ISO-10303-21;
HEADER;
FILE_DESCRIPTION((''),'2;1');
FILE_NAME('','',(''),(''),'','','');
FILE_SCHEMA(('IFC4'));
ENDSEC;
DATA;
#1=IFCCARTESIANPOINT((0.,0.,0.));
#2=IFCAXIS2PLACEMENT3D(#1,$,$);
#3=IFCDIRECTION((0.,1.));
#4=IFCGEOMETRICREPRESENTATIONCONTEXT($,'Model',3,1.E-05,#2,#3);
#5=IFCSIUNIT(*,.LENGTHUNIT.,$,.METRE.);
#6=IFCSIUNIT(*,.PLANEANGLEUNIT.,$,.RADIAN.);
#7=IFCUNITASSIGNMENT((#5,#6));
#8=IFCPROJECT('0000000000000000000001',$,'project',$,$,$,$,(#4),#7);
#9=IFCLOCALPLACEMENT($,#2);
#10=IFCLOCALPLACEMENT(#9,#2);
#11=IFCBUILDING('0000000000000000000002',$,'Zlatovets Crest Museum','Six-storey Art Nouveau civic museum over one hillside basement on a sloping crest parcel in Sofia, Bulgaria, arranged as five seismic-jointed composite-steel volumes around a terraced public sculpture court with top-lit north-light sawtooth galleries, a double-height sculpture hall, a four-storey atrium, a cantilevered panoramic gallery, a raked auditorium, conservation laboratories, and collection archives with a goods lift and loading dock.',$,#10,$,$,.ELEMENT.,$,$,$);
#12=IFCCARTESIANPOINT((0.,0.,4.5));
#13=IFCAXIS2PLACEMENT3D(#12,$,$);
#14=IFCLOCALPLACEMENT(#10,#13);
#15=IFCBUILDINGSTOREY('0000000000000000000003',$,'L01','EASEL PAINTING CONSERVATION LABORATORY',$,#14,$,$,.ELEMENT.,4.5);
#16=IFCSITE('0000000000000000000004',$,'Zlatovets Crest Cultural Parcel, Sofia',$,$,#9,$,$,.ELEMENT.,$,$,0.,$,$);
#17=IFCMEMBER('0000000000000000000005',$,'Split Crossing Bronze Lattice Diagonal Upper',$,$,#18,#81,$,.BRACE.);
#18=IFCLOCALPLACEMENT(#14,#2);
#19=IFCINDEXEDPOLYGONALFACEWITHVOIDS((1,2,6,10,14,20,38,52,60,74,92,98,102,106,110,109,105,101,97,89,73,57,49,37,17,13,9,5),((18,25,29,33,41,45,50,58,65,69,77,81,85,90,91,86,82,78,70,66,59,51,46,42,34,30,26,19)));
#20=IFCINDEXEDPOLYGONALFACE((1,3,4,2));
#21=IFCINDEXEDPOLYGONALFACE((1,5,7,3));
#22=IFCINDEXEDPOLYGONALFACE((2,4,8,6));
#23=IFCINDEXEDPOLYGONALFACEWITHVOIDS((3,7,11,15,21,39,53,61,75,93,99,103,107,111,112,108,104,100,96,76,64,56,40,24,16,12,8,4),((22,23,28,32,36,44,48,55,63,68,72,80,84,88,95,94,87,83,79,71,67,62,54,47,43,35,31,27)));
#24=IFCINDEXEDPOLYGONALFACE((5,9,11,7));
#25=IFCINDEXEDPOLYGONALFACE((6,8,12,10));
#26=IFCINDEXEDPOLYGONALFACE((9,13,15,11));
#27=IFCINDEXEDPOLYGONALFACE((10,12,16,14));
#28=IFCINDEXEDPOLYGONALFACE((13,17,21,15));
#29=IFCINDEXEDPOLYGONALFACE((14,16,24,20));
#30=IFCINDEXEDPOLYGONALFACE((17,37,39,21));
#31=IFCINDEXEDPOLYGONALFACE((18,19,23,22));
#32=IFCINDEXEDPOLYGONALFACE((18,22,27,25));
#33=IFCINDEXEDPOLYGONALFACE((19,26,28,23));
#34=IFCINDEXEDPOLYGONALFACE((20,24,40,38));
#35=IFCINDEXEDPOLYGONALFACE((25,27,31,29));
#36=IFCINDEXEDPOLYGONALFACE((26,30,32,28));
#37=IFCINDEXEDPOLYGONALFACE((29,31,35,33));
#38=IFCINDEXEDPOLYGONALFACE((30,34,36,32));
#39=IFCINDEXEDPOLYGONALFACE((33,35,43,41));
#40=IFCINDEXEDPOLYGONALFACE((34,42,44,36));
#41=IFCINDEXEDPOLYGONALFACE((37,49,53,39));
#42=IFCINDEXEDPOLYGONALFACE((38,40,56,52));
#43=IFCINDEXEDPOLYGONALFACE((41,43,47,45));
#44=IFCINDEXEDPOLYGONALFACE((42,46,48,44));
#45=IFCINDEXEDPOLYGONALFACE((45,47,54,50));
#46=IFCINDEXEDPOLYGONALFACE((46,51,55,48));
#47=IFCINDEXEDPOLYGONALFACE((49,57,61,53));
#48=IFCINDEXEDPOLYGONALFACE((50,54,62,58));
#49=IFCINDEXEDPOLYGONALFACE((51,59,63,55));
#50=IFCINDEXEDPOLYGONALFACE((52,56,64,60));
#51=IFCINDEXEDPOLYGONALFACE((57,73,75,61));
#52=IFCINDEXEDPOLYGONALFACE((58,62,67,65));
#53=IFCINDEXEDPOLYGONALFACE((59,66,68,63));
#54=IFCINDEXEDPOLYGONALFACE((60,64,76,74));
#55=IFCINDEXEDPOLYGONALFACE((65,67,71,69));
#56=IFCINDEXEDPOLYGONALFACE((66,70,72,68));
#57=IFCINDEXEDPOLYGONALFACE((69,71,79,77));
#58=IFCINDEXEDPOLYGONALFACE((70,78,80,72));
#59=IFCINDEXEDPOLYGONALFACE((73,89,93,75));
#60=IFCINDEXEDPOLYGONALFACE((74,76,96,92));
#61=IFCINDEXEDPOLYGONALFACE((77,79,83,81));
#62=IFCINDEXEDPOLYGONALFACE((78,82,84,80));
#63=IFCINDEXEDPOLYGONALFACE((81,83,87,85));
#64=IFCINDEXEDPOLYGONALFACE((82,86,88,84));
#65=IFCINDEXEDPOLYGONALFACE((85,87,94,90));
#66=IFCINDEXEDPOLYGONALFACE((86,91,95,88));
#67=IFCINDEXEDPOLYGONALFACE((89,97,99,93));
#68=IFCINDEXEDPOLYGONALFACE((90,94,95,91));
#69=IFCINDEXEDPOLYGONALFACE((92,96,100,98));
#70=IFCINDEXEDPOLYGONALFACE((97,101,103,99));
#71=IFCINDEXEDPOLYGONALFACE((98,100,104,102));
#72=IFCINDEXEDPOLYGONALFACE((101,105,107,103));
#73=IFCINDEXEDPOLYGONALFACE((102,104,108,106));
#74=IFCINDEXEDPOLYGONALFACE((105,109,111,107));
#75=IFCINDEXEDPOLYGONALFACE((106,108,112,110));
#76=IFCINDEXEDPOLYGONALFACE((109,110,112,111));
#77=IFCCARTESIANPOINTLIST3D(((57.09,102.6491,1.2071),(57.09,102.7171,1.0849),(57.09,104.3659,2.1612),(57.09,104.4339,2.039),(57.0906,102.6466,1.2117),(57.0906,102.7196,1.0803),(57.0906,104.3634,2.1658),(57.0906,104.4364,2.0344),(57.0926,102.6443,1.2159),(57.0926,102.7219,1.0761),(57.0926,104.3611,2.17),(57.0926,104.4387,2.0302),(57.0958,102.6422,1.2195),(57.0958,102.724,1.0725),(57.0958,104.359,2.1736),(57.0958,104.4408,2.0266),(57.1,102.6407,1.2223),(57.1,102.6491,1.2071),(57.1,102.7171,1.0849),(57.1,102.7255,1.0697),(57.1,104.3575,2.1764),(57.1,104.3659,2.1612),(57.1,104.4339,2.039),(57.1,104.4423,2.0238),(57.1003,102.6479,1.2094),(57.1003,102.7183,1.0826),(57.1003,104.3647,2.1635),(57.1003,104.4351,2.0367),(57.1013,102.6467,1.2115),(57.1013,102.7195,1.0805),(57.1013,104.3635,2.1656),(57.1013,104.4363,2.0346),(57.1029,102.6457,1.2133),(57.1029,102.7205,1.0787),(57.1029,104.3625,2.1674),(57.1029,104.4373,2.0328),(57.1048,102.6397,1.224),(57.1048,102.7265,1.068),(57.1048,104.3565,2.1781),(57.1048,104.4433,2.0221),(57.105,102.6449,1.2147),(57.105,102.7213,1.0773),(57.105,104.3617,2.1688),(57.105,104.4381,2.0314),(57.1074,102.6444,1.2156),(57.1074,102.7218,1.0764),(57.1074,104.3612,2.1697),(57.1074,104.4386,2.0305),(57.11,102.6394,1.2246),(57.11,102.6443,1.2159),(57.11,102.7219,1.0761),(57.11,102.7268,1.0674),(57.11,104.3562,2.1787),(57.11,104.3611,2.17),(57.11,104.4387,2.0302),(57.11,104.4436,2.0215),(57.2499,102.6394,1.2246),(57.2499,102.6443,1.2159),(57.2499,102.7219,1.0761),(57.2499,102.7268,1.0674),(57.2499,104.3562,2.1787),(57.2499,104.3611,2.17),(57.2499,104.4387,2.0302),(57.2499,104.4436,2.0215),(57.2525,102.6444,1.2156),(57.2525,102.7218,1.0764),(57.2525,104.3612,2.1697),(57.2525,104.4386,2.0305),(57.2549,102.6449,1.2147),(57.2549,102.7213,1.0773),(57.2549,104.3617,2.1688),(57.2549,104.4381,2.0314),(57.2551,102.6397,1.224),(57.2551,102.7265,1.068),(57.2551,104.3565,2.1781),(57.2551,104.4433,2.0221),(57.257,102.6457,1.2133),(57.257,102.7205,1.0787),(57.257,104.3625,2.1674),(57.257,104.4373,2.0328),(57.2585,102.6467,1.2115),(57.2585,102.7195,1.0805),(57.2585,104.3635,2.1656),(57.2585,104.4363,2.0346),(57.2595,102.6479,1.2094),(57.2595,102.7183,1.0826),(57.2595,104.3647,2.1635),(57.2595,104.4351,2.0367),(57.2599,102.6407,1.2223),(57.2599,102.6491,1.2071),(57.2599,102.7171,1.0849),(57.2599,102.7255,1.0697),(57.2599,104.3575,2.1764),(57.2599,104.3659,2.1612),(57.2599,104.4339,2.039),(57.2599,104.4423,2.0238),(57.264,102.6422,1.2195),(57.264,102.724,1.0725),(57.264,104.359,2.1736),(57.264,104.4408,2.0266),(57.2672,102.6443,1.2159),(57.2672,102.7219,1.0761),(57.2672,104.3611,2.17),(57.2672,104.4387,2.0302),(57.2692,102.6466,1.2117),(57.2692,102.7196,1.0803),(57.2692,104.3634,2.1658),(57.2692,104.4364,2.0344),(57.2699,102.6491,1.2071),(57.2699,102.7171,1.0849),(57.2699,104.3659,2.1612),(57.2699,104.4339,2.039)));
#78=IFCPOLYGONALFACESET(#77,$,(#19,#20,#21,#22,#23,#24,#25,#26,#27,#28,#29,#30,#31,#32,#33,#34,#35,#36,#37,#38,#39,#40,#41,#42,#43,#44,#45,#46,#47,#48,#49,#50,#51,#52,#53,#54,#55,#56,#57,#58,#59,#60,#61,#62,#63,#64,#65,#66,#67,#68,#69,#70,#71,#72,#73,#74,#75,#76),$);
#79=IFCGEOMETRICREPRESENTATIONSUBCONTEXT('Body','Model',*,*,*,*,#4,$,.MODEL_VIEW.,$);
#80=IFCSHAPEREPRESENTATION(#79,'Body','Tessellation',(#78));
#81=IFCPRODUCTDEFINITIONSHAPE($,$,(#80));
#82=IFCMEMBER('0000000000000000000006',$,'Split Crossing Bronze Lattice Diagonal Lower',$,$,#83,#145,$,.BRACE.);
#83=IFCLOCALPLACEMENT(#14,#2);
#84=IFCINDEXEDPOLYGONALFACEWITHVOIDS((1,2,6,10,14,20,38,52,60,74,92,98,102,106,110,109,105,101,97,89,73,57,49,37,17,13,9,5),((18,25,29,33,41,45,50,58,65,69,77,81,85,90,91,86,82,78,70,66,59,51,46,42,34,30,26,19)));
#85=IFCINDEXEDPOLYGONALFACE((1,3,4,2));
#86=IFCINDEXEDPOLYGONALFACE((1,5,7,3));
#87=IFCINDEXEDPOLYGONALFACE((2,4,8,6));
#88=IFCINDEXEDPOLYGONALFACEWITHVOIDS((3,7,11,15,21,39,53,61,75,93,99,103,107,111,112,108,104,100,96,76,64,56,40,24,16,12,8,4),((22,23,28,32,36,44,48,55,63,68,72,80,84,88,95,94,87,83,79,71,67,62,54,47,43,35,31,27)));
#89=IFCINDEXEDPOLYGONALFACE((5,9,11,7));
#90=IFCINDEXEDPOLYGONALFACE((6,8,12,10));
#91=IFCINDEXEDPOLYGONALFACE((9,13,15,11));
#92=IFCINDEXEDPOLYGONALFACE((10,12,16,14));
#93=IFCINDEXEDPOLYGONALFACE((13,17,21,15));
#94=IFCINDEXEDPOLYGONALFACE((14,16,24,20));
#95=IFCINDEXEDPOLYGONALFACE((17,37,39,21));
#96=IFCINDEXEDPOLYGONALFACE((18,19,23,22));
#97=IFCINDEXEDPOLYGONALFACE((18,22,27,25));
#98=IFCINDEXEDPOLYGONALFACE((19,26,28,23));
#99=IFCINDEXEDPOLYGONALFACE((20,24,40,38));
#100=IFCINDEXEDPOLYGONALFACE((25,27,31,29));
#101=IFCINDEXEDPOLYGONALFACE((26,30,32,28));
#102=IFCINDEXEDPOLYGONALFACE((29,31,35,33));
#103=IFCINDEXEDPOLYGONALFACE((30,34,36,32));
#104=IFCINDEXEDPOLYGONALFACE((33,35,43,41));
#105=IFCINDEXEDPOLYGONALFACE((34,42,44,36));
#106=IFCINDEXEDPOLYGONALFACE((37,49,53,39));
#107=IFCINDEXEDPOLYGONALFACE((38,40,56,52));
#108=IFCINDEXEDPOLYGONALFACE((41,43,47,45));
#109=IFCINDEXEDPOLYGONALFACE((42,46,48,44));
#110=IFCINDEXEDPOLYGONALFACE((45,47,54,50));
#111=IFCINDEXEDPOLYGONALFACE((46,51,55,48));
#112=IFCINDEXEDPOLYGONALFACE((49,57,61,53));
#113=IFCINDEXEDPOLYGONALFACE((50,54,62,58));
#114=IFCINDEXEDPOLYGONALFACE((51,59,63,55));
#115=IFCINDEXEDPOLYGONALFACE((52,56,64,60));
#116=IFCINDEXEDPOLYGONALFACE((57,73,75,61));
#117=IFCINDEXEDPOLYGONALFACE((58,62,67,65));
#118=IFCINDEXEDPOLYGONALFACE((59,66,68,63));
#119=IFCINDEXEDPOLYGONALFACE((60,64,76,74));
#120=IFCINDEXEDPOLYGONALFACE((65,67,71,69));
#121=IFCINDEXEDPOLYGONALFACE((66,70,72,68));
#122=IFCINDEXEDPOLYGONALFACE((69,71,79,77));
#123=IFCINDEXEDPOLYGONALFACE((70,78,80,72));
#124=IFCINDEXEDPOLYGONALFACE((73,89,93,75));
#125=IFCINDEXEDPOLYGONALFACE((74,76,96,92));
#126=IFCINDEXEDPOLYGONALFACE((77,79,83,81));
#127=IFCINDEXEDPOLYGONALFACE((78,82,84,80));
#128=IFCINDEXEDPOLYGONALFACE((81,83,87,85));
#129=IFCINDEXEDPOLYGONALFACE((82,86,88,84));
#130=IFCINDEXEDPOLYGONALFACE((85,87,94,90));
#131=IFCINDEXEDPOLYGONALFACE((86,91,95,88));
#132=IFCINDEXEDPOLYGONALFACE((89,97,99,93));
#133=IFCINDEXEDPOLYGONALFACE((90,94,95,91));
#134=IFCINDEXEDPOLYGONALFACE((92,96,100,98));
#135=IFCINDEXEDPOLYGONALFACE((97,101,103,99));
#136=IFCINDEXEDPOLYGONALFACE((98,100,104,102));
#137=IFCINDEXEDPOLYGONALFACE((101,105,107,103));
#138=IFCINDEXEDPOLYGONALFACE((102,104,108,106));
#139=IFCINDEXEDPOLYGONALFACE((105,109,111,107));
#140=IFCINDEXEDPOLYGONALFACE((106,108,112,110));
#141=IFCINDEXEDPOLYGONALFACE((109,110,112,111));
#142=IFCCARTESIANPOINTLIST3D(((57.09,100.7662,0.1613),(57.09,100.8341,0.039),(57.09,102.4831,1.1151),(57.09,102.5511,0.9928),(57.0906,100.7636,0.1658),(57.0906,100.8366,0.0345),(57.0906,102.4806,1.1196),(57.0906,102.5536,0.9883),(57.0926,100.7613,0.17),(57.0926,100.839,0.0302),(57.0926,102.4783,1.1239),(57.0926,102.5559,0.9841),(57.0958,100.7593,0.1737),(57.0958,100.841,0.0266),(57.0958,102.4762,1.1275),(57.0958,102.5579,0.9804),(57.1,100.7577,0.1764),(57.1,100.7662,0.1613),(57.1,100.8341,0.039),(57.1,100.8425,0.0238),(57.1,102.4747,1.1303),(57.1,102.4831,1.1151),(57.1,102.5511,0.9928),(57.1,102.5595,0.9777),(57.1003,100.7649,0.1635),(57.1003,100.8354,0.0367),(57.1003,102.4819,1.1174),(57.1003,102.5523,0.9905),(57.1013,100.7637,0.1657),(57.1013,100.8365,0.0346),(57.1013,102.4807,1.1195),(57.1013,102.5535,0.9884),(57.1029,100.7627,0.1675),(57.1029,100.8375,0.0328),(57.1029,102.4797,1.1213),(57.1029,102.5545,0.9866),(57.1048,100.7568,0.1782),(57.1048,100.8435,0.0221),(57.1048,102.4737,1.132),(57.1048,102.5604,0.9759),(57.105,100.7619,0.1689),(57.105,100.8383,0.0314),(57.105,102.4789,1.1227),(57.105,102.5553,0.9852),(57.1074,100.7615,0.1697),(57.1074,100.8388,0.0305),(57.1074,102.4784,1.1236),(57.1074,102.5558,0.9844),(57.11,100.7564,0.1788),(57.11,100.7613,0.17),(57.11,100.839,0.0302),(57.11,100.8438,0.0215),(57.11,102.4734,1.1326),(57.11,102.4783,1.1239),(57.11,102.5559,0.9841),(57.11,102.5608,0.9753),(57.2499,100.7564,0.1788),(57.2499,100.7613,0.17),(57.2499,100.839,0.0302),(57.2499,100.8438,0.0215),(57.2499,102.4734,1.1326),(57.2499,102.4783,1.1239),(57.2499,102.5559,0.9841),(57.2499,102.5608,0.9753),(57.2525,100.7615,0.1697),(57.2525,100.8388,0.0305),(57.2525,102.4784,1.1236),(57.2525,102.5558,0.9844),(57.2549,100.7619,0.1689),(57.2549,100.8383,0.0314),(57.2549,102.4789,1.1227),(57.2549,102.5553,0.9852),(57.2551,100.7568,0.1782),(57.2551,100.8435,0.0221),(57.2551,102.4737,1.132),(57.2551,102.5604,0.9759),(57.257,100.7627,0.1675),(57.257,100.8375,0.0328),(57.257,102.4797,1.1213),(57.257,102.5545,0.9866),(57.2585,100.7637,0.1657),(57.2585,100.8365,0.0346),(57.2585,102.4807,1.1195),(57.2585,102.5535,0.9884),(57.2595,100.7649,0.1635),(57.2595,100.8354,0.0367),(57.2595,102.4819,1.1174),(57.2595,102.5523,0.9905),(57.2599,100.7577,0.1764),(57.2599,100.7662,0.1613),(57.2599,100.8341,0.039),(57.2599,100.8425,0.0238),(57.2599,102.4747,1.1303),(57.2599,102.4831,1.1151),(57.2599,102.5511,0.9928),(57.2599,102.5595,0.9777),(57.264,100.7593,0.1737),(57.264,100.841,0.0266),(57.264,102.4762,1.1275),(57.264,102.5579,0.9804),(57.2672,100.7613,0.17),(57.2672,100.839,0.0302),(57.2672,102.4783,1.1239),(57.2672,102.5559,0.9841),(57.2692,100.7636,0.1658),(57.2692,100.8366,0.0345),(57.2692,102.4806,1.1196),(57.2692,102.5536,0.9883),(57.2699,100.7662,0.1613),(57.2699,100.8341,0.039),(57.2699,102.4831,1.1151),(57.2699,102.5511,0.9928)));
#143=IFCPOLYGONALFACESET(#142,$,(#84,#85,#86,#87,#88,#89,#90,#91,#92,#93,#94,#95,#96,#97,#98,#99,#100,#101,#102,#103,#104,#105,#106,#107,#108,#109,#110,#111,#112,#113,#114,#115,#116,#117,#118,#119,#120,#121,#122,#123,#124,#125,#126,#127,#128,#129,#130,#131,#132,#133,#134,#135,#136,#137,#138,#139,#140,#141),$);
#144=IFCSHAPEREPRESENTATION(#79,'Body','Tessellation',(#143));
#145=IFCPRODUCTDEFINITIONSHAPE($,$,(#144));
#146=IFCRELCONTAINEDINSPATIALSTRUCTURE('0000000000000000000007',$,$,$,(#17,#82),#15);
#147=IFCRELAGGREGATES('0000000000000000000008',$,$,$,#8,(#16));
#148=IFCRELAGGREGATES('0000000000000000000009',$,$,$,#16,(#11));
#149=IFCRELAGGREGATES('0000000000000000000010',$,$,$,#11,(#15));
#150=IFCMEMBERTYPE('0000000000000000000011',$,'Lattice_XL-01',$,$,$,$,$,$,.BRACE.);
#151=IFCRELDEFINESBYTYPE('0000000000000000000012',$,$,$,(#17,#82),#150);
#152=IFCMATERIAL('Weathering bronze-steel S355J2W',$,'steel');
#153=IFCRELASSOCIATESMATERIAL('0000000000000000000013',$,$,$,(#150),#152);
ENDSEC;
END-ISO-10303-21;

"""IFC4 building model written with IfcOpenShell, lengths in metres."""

from ifc_helpers import new_model, si_unit, direction, frame, origin, origin_2d, place, context, subcontext, project, spatial, hollow_rectangle, extrude, material, material_profile, profile_set, type_object, element, save


model = new_model("IFC4")

# Units and contexts
model_context = context("Model", 3, precision=1e-05, world=origin(), true_north=direction((0.0, 1.0)))
body_context = subcontext(model_context, "Body", "Model", "MODEL_VIEW")
ifc_project = project(units=[si_unit("LENGTHUNIT", "METRE"), si_unit("PLANEANGLEUNIT", "RADIAN")], contexts=[model_context])

# Site, building, storey
site_placement = place(None, origin())
site = spatial("IfcSite", under=ifc_project, at=site_placement, Name="Zlatovets Crest Cultural Parcel, Sofia", CompositionType="ELEMENT", RefElevation=0.0)
building_placement = place(site_placement, origin())
building = spatial("IfcBuilding", under=site, at=building_placement, Name="Zlatovets Crest Museum", Description="Six-storey Art Nouveau civic museum over one hillside basement on a sloping crest parcel in Sofia, Bulgaria, arranged as five seismic-jointed composite-steel volumes around a terraced public sculpture court with top-lit north-light sawtooth galleries, a double-height sculpture hall, a four-storey atrium, a cantilevered panoramic gallery, a raked auditorium, conservation laboratories, and collection archives with a goods lift and loading dock.", CompositionType="ELEMENT")
storey_placement = place(building_placement, frame((0.0, 0.0, 4.5)))
storey = spatial("IfcBuildingStorey", under=building, at=storey_placement, Name="L01", Description="EASEL PAINTING CONSERVATION LABORATORY", CompositionType="ELEMENT", Elevation=4.5)

# Members
ifc_material_1 = material(Name="Weathering bronze-steel S355J2W", Category="steel")
ifc_material_profile_1 = material_profile(ifc_material_1, hollow_rectangle(XDim=0.1799, YDim=0.1799, WallThickness=0.01, InnerFilletRadius=0.01, OuterFilletRadius=0.02, at=origin_2d()), Name="SHS 180x180x10.0")
ifc_profile_set_1 = profile_set([ifc_material_profile_1], Name="Weathering bronze-steel S355J2W")
member_type_1 = type_object("IfcMemberType", Name="Lattice_XL-01", PredefinedType="BRACE", material=ifc_profile_set_1)
for number, where, z_axis, x_axis, name in (
    (1, (57.1799, 104.3999, 2.1001), (0.0, -0.874087, -0.48577), (1.0, 0.0, 0.0), "Split Crossing Bronze Lattice Diagonal Upper"),
    (2, (57.1799, 102.5171, 1.054), (0.0, -0.874169, -0.485622), (1.0, 0.0, 0.0), "Split Crossing Bronze Lattice Diagonal Lower"),
):
    element("IfcMember", number, at=place(storey_placement, frame(where, z_axis=z_axis, x_axis=x_axis)), inside=storey, type_object=member_type_1, Name=name, PredefinedType="BRACE", context=body_context, shape_type="SweptSolid", body=[
        extrude(hollow_rectangle(XDim=0.1799, YDim=0.1799, WallThickness=0.01, InnerFilletRadius=0.01, OuterFilletRadius=0.02, at=origin_2d()), origin(), (0.0, 0.0, 1.0), 1.9641),
    ])

save(model, "model.ifc")
